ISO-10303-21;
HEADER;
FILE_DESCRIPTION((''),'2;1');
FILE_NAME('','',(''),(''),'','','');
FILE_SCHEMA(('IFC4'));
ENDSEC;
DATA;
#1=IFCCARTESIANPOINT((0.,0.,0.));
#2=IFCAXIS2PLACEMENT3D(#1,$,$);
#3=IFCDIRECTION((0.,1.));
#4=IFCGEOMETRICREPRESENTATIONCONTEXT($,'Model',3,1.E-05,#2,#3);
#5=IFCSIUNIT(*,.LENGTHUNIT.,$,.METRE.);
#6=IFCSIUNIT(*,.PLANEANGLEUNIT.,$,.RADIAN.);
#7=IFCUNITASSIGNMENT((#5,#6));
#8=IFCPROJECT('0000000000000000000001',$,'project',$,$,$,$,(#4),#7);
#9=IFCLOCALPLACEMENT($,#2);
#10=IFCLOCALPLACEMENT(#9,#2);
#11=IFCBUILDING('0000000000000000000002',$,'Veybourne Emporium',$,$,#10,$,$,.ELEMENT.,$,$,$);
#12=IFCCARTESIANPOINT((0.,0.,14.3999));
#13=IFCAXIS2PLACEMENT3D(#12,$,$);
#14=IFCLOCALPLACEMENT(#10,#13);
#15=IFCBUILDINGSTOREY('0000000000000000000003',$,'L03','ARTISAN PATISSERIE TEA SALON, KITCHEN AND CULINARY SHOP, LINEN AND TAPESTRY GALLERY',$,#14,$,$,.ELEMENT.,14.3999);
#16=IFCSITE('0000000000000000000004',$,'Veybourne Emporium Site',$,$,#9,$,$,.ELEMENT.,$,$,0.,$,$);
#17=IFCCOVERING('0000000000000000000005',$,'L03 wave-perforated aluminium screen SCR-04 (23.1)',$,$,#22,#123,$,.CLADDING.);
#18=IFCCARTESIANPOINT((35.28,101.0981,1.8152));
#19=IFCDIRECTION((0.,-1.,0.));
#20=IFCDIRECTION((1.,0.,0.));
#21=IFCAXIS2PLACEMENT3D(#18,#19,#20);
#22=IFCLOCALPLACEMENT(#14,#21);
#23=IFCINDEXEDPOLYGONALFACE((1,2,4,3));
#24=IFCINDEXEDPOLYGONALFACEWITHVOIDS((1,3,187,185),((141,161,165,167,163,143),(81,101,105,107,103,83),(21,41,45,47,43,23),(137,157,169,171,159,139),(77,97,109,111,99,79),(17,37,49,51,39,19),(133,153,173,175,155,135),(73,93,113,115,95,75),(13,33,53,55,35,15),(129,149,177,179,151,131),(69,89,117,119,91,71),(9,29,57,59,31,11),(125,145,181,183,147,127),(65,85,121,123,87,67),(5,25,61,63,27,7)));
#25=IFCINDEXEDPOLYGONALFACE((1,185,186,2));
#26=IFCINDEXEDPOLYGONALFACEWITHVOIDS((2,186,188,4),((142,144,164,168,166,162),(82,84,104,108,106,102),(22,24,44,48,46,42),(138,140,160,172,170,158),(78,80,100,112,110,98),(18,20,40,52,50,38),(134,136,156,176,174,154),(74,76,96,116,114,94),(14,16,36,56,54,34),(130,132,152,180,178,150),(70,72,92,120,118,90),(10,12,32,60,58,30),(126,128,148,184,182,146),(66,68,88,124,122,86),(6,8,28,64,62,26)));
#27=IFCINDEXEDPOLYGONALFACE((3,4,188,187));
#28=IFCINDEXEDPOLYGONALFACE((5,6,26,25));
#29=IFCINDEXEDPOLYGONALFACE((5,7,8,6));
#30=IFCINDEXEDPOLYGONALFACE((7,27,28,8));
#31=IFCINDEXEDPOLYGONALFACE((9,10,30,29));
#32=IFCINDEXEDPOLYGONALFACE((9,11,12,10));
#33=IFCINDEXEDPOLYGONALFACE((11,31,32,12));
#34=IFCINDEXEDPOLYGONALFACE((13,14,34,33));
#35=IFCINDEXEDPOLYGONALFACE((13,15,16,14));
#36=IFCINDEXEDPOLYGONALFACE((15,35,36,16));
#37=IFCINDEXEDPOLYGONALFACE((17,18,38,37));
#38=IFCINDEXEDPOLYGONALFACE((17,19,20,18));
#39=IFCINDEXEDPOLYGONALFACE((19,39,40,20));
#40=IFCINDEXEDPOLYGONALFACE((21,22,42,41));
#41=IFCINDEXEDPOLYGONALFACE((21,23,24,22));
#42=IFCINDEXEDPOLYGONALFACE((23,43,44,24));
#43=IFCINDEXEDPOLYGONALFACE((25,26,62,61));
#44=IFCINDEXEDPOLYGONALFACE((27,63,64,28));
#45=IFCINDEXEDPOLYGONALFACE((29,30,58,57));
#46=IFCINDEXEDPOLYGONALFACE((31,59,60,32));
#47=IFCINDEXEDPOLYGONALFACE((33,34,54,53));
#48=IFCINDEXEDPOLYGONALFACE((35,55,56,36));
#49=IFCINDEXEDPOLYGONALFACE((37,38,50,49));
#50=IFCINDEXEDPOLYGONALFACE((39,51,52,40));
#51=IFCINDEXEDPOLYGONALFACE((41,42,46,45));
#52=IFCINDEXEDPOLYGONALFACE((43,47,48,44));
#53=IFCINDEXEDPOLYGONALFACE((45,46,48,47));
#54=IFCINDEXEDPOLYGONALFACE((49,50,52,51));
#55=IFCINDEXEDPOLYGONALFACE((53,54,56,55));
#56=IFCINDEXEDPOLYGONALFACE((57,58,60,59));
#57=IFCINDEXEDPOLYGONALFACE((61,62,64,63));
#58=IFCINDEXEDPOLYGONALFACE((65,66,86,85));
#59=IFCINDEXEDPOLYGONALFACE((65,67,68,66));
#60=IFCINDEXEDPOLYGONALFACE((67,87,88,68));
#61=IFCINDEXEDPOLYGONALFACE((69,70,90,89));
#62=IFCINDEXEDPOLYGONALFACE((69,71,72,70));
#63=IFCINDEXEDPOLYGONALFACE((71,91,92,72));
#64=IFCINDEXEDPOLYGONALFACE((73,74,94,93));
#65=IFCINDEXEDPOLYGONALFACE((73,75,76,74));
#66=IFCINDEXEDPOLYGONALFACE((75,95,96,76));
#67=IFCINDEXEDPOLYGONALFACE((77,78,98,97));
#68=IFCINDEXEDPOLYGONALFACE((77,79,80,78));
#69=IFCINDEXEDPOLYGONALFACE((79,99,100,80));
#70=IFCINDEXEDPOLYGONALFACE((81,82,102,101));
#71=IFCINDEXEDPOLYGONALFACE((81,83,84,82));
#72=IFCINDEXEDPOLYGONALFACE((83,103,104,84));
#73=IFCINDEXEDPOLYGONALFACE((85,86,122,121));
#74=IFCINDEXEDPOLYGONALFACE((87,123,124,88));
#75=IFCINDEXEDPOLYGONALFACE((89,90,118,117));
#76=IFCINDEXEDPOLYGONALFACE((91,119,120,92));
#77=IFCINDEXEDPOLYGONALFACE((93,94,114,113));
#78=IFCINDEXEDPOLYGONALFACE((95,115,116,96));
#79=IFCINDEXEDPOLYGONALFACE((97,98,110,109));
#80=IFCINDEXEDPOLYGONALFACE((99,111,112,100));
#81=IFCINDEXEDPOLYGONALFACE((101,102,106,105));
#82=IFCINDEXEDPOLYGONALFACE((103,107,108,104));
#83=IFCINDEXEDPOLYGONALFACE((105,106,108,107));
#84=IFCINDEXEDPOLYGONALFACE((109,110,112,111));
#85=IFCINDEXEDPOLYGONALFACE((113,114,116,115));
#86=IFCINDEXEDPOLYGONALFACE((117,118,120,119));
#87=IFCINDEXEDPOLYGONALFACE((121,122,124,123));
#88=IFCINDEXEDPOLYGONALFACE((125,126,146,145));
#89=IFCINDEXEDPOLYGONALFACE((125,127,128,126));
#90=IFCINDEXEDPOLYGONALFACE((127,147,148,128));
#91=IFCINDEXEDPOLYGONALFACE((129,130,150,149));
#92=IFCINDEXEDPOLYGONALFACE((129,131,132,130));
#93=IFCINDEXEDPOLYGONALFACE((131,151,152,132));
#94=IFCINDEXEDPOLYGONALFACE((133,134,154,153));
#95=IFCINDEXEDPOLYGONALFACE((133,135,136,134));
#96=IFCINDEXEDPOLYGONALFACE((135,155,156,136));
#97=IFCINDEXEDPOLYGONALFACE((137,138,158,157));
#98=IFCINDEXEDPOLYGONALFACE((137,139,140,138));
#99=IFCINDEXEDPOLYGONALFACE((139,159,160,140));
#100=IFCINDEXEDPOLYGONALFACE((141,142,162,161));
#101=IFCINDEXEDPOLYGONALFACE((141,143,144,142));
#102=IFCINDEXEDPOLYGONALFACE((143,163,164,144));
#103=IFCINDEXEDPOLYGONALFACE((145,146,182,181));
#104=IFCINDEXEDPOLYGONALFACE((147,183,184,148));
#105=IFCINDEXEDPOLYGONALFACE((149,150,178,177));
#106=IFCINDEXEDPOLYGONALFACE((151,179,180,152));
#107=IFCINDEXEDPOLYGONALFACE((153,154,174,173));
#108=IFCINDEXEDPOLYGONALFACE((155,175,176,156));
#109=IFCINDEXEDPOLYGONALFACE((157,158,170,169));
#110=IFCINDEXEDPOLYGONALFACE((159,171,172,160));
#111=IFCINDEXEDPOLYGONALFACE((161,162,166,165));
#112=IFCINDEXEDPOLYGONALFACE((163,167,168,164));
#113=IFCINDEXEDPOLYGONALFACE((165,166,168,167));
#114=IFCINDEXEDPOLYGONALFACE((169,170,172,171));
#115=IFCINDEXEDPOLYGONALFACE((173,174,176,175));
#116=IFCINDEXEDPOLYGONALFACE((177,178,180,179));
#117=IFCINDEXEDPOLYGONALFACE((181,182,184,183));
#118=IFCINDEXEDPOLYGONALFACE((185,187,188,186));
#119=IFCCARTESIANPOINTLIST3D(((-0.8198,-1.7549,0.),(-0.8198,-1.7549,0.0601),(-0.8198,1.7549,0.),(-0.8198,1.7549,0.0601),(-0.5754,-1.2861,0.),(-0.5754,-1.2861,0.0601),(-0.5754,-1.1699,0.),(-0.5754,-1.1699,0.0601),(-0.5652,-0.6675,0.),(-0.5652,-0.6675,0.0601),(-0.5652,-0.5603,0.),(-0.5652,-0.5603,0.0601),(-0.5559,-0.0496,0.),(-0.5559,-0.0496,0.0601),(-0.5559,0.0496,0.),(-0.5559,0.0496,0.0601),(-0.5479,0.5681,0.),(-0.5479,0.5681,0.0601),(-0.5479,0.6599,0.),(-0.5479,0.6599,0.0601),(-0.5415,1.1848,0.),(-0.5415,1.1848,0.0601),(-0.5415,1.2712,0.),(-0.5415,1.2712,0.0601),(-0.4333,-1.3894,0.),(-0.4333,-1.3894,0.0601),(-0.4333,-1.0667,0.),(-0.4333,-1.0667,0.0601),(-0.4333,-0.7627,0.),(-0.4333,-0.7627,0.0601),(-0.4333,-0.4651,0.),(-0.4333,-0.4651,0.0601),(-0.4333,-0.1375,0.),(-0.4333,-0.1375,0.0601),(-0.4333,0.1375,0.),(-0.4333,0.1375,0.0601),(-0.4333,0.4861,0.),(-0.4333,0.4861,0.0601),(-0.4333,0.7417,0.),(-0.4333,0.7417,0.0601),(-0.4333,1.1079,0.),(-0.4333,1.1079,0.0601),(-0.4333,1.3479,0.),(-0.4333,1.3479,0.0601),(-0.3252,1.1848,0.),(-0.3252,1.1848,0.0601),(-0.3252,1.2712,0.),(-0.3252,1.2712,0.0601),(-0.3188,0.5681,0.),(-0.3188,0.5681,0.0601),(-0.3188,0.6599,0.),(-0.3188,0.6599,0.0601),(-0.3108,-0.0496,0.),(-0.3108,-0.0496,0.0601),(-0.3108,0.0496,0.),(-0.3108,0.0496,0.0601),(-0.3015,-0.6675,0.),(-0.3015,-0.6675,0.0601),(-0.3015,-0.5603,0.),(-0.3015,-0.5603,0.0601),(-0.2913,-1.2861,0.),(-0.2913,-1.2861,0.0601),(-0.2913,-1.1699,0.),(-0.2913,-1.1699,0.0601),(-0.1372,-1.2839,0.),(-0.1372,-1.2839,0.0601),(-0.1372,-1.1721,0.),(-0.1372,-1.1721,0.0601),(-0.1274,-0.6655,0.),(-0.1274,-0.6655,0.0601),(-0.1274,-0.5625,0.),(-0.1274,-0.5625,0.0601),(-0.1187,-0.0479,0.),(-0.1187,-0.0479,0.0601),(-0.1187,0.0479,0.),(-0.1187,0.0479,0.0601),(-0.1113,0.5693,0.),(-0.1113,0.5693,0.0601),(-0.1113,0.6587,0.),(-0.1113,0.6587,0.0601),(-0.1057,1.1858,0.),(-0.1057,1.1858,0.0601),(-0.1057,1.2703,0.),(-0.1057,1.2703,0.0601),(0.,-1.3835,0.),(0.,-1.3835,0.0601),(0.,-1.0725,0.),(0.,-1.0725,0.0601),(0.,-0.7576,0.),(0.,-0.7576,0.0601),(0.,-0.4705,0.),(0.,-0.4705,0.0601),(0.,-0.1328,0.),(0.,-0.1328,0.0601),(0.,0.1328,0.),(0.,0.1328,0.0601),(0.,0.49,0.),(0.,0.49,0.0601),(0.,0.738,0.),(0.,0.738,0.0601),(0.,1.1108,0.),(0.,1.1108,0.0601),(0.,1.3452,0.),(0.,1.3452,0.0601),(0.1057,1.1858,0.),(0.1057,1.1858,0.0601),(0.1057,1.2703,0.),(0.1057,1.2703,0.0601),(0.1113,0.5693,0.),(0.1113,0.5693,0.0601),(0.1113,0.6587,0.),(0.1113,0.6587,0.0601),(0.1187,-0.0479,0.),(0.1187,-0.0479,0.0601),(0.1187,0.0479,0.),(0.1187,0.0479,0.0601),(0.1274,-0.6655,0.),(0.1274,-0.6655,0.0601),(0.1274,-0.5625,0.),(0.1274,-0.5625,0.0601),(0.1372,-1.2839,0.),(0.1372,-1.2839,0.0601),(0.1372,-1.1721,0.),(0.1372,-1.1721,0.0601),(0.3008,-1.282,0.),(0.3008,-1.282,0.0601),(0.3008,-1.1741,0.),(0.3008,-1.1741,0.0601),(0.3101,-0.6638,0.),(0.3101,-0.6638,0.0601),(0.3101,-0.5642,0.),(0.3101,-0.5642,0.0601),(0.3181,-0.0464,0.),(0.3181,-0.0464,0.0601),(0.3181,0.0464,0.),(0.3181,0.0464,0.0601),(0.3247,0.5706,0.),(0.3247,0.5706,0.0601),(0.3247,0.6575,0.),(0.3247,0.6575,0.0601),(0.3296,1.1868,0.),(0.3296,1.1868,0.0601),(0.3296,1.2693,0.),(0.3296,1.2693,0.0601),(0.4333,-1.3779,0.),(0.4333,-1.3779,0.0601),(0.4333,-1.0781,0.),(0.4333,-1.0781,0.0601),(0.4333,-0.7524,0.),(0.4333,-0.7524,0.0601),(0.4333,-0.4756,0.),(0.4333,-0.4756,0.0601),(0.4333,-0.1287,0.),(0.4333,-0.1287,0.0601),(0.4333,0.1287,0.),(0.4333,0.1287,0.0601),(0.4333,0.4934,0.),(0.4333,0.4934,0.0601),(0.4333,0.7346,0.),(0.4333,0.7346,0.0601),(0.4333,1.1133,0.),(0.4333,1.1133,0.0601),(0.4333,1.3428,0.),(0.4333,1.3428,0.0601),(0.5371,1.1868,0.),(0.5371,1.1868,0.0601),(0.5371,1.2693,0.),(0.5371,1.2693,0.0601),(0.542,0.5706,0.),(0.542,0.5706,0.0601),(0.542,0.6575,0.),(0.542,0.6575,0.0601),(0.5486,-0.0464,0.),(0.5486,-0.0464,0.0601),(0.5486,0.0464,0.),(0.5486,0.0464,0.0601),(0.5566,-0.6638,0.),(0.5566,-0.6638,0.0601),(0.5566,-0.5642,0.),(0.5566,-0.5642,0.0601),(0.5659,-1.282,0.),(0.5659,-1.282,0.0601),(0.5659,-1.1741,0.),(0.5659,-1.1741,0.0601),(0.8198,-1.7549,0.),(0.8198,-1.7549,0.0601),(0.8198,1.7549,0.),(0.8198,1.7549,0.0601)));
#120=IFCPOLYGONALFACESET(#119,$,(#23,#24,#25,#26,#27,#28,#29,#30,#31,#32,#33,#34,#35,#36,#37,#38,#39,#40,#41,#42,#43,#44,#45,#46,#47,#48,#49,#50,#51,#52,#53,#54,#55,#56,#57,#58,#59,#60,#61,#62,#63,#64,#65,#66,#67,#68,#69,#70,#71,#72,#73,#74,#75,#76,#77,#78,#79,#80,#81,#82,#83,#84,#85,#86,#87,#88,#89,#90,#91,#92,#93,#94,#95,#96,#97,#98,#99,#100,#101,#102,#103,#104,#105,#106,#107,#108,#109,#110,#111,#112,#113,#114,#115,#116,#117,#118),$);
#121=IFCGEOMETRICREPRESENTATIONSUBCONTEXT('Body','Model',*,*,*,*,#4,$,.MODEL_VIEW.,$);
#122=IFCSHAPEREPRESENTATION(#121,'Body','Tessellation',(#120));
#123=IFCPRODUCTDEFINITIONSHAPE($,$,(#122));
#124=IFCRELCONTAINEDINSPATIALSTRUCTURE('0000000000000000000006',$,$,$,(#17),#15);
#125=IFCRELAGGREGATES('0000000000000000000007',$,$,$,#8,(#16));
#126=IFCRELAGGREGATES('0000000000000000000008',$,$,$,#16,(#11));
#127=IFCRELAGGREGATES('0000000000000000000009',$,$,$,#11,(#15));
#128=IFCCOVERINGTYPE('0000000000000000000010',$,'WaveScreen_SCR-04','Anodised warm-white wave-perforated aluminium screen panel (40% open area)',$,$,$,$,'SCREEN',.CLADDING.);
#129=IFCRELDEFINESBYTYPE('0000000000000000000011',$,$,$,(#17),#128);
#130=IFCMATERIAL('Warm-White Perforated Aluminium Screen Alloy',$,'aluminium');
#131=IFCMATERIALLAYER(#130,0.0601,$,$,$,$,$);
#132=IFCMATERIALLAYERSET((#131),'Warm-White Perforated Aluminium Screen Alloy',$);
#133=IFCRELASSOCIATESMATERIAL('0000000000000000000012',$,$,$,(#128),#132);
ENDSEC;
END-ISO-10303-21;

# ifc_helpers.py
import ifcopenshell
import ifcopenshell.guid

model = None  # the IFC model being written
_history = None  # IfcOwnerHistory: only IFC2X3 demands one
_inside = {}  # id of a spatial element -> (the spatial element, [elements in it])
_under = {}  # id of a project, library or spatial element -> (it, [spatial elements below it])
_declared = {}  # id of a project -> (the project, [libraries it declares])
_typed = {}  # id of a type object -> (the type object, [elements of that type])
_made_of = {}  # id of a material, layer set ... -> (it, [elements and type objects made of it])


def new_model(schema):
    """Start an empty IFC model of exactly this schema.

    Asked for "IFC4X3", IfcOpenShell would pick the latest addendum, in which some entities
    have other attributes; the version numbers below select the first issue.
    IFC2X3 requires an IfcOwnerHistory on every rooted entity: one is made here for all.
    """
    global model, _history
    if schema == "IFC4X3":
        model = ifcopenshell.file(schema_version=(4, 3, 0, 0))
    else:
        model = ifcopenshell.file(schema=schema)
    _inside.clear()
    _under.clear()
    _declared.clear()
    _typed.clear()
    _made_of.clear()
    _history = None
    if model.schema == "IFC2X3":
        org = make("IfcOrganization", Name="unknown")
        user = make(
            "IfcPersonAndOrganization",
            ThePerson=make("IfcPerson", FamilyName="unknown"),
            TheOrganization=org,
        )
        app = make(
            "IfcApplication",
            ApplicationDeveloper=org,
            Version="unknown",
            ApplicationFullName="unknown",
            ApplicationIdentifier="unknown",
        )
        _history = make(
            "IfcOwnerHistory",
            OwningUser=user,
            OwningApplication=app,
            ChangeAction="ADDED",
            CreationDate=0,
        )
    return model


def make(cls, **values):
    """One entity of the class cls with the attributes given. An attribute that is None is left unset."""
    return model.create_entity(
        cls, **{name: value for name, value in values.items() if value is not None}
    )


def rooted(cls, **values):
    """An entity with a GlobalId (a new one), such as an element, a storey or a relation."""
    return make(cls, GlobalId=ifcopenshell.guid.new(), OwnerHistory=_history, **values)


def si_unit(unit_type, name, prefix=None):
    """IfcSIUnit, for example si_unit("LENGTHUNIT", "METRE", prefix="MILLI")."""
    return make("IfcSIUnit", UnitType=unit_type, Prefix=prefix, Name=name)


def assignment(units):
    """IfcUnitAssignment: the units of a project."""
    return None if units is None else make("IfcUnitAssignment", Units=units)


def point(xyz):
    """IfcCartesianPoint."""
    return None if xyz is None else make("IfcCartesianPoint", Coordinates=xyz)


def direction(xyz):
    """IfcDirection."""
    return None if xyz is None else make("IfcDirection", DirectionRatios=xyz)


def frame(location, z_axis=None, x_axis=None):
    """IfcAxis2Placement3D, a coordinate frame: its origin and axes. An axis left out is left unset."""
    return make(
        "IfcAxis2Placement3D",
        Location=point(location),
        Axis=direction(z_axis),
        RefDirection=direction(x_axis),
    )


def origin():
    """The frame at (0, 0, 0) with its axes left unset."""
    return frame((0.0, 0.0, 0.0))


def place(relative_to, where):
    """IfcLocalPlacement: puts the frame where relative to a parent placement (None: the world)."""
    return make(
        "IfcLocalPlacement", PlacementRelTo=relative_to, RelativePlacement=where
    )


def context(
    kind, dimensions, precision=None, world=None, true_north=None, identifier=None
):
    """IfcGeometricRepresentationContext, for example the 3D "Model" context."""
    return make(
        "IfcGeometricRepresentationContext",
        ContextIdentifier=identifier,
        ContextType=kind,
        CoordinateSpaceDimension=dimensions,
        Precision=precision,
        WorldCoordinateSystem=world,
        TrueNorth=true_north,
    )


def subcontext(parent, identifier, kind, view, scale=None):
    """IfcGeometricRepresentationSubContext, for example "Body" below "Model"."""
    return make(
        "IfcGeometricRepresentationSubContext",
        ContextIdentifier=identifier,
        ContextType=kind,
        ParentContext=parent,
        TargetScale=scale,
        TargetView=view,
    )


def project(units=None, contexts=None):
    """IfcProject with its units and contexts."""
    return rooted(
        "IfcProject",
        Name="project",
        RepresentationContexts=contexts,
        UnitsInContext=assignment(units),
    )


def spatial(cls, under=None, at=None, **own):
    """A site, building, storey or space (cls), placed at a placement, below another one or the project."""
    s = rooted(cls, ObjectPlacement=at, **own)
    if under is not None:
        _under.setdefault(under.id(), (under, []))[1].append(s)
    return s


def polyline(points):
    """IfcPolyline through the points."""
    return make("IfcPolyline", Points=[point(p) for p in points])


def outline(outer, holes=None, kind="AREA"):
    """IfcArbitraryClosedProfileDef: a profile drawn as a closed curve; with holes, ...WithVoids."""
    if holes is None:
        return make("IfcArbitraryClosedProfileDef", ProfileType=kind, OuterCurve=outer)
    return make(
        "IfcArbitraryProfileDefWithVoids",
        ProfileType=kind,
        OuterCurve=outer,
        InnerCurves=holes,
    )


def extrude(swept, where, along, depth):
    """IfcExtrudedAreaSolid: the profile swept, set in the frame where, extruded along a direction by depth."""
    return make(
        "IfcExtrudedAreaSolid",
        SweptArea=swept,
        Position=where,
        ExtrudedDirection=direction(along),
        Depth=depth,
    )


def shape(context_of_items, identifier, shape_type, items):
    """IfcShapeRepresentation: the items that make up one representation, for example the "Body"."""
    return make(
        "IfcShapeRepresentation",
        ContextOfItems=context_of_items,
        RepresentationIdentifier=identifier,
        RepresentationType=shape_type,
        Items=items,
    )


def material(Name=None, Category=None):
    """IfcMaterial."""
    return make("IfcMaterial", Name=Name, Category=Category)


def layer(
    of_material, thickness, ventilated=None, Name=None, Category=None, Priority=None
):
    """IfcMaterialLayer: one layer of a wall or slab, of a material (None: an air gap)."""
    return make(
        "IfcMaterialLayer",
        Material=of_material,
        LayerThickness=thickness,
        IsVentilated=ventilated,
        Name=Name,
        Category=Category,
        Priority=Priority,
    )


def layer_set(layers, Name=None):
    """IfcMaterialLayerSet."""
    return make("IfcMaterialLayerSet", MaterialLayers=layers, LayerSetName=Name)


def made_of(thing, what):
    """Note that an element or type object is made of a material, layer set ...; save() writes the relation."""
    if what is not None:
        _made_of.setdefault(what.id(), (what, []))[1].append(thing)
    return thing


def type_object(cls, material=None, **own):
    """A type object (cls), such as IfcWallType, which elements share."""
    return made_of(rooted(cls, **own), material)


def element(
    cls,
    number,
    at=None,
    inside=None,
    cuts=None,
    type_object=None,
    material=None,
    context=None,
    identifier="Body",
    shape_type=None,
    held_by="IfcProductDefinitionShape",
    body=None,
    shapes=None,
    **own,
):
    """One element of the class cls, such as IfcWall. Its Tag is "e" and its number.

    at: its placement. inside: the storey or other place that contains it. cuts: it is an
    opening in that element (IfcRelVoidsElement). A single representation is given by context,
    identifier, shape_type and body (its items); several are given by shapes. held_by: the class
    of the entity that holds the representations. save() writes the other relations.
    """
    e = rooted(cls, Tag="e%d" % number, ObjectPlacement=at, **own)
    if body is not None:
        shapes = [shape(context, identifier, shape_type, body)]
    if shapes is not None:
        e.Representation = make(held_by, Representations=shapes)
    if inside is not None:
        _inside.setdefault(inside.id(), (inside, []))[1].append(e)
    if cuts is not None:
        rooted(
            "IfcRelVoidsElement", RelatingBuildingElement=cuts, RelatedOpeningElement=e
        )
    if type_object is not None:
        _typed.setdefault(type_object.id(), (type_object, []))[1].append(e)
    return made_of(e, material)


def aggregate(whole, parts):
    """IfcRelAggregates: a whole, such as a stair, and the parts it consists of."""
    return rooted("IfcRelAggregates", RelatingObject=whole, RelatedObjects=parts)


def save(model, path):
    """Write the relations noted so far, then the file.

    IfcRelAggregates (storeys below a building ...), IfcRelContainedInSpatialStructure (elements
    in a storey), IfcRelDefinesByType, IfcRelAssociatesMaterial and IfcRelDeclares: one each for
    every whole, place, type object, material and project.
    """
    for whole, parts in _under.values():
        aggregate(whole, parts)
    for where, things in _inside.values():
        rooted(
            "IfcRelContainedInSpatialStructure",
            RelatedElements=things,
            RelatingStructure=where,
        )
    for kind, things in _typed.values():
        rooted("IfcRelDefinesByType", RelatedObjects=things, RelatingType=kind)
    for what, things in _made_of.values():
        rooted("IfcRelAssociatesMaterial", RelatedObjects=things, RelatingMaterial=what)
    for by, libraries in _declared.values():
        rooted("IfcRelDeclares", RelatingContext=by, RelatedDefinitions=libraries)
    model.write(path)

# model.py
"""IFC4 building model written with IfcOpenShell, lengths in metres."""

from ifc_helpers import new_model, si_unit, direction, frame, origin, place, context, subcontext, project, spatial, polyline, outline, extrude, material, layer, layer_set, type_object, element, save


model = new_model("IFC4")

# Units and contexts
model_context = context("Model", 3, precision=1e-05, world=origin(), true_north=direction((0.0, 1.0)))
body_context = subcontext(model_context, "Body", "Model", "MODEL_VIEW")
ifc_project = project(units=[si_unit("LENGTHUNIT", "METRE"), si_unit("PLANEANGLEUNIT", "RADIAN")], contexts=[model_context])

# Site, building, storey
site_placement = place(None, origin())
site = spatial("IfcSite", under=ifc_project, at=site_placement, Name="Veybourne Emporium Site", CompositionType="ELEMENT", RefElevation=0.0)
building_placement = place(site_placement, origin())
building = spatial("IfcBuilding", under=site, at=building_placement, Name="Veybourne Emporium", CompositionType="ELEMENT")
storey_placement = place(building_placement, frame((0.0, 0.0, 14.3999)))
storey = spatial("IfcBuildingStorey", under=building, at=storey_placement, Name="L03", Description="ARTISAN PATISSERIE TEA SALON, KITCHEN AND CULINARY SHOP, LINEN AND TAPESTRY GALLERY", CompositionType="ELEMENT", Elevation=14.3999)

# Covering
ifc_material_1 = material(Name="Warm-White Perforated Aluminium Screen Alloy", Category="aluminium")
ifc_layer_1 = layer(ifc_material_1, 0.0601)
ifc_layer_set_1 = layer_set([ifc_layer_1], Name="Warm-White Perforated Aluminium Screen Alloy")
covering_type_1 = type_object("IfcCoveringType", Name="WaveScreen_SCR-04", Description="Anodised warm-white wave-perforated aluminium screen panel (40% open area)", ElementType="SCREEN", PredefinedType="CLADDING", material=ifc_layer_set_1)
covering_1_placement = place(storey_placement, frame((35.28, 101.0981, 1.8152), z_axis=(0.0, -1.0, 0.0), x_axis=(1.0, 0.0, 0.0)))
element("IfcCovering", 1, at=covering_1_placement, inside=storey, type_object=covering_type_1, Name="L03 wave-perforated aluminium screen SCR-04 (23.1)", PredefinedType="CLADDING", context=body_context, shape_type="SweptSolid", body=[
    extrude(outline(polyline([(-0.8198, -1.7549), (0.8198, -1.7549), (0.8198, 1.7549), (-0.8198, 1.7549), (-0.8198, -1.7549)]), holes=[polyline([(-0.4333, -1.0667), (-0.2913, -1.1699), (-0.2913, -1.2861), (-0.4333, -1.3894), (-0.5754, -1.2861), (-0.5754, -1.1699), (-0.4333, -1.0667)]), polyline([(-0.4333, -0.4651), (-0.3015, -0.5603), (-0.3015, -0.6675), (-0.4333, -0.7627), (-0.5652, -0.6675), (-0.5652, -0.5603), (-0.4333, -0.4651)]), polyline([(-0.4333, 0.1375), (-0.3108, 0.0496), (-0.3108, -0.0496), (-0.4333, -0.1375), (-0.5559, -0.0496), (-0.5559, 0.0496), (-0.4333, 0.1375)]), polyline([(-0.4333, 0.7417), (-0.3188, 0.6599), (-0.3188, 0.5681), (-0.4333, 0.4861), (-0.5479, 0.5681), (-0.5479, 0.6599), (-0.4333, 0.7417)]), polyline([(-0.4333, 1.3479), (-0.3252, 1.2712), (-0.3252, 1.1848), (-0.4333, 1.1079), (-0.5415, 1.1848), (-0.5415, 1.2712), (-0.4333, 1.3479)]), polyline([(0.0, -1.0725), (0.1372, -1.1721), (0.1372, -1.2839), (0.0, -1.3835), (-0.1372, -1.2839), (-0.1372, -1.1721), (0.0, -1.0725)]), polyline([(0.0, -0.4705), (0.1274, -0.5625), (0.1274, -0.6655), (0.0, -0.7576), (-0.1274, -0.6655), (-0.1274, -0.5625), (0.0, -0.4705)]), polyline([(0.0, 0.1328), (0.1187, 0.0479), (0.1187, -0.0479), (0.0, -0.1328), (-0.1187, -0.0479), (-0.1187, 0.0479), (0.0, 0.1328)]), polyline([(0.0, 0.738), (0.1113, 0.6587), (0.1113, 0.5693), (0.0, 0.49), (-0.1113, 0.5693), (-0.1113, 0.6587), (0.0, 0.738)]), polyline([(0.0, 1.3452), (0.1057, 1.2703), (0.1057, 1.1858), (0.0, 1.1108), (-0.1057, 1.1858), (-0.1057, 1.2703), (0.0, 1.3452)]), polyline([(0.4333, -1.0781), (0.5659, -1.1741), (0.5659, -1.282), (0.4333, -1.3779), (0.3008, -1.282), (0.3008, -1.1741), (0.4333, -1.0781)]), polyline([(0.4333, -0.4756), (0.5566, -0.5642), (0.5566, -0.6638), (0.4333, -0.7524), (0.3101, -0.6638), (0.3101, -0.5642), (0.4333, -0.4756)]), polyline([(0.4333, 0.1287), (0.5486, 0.0464), (0.5486, -0.0464), (0.4333, -0.1287), (0.3181, -0.0464), (0.3181, 0.0464), (0.4333, 0.1287)]), polyline([(0.4333, 0.7346), (0.542, 0.6575), (0.542, 0.5706), (0.4333, 0.4934), (0.3247, 0.5706), (0.3247, 0.6575), (0.4333, 0.7346)]), polyline([(0.4333, 1.3428), (0.5371, 1.2693), (0.5371, 1.1868), (0.4333, 1.1133), (0.3296, 1.1868), (0.3296, 1.2693), (0.4333, 1.3428)])]), origin(), (0.0, 0.0, 1.0), 0.0601),
])

save(model, "model.ifc")
